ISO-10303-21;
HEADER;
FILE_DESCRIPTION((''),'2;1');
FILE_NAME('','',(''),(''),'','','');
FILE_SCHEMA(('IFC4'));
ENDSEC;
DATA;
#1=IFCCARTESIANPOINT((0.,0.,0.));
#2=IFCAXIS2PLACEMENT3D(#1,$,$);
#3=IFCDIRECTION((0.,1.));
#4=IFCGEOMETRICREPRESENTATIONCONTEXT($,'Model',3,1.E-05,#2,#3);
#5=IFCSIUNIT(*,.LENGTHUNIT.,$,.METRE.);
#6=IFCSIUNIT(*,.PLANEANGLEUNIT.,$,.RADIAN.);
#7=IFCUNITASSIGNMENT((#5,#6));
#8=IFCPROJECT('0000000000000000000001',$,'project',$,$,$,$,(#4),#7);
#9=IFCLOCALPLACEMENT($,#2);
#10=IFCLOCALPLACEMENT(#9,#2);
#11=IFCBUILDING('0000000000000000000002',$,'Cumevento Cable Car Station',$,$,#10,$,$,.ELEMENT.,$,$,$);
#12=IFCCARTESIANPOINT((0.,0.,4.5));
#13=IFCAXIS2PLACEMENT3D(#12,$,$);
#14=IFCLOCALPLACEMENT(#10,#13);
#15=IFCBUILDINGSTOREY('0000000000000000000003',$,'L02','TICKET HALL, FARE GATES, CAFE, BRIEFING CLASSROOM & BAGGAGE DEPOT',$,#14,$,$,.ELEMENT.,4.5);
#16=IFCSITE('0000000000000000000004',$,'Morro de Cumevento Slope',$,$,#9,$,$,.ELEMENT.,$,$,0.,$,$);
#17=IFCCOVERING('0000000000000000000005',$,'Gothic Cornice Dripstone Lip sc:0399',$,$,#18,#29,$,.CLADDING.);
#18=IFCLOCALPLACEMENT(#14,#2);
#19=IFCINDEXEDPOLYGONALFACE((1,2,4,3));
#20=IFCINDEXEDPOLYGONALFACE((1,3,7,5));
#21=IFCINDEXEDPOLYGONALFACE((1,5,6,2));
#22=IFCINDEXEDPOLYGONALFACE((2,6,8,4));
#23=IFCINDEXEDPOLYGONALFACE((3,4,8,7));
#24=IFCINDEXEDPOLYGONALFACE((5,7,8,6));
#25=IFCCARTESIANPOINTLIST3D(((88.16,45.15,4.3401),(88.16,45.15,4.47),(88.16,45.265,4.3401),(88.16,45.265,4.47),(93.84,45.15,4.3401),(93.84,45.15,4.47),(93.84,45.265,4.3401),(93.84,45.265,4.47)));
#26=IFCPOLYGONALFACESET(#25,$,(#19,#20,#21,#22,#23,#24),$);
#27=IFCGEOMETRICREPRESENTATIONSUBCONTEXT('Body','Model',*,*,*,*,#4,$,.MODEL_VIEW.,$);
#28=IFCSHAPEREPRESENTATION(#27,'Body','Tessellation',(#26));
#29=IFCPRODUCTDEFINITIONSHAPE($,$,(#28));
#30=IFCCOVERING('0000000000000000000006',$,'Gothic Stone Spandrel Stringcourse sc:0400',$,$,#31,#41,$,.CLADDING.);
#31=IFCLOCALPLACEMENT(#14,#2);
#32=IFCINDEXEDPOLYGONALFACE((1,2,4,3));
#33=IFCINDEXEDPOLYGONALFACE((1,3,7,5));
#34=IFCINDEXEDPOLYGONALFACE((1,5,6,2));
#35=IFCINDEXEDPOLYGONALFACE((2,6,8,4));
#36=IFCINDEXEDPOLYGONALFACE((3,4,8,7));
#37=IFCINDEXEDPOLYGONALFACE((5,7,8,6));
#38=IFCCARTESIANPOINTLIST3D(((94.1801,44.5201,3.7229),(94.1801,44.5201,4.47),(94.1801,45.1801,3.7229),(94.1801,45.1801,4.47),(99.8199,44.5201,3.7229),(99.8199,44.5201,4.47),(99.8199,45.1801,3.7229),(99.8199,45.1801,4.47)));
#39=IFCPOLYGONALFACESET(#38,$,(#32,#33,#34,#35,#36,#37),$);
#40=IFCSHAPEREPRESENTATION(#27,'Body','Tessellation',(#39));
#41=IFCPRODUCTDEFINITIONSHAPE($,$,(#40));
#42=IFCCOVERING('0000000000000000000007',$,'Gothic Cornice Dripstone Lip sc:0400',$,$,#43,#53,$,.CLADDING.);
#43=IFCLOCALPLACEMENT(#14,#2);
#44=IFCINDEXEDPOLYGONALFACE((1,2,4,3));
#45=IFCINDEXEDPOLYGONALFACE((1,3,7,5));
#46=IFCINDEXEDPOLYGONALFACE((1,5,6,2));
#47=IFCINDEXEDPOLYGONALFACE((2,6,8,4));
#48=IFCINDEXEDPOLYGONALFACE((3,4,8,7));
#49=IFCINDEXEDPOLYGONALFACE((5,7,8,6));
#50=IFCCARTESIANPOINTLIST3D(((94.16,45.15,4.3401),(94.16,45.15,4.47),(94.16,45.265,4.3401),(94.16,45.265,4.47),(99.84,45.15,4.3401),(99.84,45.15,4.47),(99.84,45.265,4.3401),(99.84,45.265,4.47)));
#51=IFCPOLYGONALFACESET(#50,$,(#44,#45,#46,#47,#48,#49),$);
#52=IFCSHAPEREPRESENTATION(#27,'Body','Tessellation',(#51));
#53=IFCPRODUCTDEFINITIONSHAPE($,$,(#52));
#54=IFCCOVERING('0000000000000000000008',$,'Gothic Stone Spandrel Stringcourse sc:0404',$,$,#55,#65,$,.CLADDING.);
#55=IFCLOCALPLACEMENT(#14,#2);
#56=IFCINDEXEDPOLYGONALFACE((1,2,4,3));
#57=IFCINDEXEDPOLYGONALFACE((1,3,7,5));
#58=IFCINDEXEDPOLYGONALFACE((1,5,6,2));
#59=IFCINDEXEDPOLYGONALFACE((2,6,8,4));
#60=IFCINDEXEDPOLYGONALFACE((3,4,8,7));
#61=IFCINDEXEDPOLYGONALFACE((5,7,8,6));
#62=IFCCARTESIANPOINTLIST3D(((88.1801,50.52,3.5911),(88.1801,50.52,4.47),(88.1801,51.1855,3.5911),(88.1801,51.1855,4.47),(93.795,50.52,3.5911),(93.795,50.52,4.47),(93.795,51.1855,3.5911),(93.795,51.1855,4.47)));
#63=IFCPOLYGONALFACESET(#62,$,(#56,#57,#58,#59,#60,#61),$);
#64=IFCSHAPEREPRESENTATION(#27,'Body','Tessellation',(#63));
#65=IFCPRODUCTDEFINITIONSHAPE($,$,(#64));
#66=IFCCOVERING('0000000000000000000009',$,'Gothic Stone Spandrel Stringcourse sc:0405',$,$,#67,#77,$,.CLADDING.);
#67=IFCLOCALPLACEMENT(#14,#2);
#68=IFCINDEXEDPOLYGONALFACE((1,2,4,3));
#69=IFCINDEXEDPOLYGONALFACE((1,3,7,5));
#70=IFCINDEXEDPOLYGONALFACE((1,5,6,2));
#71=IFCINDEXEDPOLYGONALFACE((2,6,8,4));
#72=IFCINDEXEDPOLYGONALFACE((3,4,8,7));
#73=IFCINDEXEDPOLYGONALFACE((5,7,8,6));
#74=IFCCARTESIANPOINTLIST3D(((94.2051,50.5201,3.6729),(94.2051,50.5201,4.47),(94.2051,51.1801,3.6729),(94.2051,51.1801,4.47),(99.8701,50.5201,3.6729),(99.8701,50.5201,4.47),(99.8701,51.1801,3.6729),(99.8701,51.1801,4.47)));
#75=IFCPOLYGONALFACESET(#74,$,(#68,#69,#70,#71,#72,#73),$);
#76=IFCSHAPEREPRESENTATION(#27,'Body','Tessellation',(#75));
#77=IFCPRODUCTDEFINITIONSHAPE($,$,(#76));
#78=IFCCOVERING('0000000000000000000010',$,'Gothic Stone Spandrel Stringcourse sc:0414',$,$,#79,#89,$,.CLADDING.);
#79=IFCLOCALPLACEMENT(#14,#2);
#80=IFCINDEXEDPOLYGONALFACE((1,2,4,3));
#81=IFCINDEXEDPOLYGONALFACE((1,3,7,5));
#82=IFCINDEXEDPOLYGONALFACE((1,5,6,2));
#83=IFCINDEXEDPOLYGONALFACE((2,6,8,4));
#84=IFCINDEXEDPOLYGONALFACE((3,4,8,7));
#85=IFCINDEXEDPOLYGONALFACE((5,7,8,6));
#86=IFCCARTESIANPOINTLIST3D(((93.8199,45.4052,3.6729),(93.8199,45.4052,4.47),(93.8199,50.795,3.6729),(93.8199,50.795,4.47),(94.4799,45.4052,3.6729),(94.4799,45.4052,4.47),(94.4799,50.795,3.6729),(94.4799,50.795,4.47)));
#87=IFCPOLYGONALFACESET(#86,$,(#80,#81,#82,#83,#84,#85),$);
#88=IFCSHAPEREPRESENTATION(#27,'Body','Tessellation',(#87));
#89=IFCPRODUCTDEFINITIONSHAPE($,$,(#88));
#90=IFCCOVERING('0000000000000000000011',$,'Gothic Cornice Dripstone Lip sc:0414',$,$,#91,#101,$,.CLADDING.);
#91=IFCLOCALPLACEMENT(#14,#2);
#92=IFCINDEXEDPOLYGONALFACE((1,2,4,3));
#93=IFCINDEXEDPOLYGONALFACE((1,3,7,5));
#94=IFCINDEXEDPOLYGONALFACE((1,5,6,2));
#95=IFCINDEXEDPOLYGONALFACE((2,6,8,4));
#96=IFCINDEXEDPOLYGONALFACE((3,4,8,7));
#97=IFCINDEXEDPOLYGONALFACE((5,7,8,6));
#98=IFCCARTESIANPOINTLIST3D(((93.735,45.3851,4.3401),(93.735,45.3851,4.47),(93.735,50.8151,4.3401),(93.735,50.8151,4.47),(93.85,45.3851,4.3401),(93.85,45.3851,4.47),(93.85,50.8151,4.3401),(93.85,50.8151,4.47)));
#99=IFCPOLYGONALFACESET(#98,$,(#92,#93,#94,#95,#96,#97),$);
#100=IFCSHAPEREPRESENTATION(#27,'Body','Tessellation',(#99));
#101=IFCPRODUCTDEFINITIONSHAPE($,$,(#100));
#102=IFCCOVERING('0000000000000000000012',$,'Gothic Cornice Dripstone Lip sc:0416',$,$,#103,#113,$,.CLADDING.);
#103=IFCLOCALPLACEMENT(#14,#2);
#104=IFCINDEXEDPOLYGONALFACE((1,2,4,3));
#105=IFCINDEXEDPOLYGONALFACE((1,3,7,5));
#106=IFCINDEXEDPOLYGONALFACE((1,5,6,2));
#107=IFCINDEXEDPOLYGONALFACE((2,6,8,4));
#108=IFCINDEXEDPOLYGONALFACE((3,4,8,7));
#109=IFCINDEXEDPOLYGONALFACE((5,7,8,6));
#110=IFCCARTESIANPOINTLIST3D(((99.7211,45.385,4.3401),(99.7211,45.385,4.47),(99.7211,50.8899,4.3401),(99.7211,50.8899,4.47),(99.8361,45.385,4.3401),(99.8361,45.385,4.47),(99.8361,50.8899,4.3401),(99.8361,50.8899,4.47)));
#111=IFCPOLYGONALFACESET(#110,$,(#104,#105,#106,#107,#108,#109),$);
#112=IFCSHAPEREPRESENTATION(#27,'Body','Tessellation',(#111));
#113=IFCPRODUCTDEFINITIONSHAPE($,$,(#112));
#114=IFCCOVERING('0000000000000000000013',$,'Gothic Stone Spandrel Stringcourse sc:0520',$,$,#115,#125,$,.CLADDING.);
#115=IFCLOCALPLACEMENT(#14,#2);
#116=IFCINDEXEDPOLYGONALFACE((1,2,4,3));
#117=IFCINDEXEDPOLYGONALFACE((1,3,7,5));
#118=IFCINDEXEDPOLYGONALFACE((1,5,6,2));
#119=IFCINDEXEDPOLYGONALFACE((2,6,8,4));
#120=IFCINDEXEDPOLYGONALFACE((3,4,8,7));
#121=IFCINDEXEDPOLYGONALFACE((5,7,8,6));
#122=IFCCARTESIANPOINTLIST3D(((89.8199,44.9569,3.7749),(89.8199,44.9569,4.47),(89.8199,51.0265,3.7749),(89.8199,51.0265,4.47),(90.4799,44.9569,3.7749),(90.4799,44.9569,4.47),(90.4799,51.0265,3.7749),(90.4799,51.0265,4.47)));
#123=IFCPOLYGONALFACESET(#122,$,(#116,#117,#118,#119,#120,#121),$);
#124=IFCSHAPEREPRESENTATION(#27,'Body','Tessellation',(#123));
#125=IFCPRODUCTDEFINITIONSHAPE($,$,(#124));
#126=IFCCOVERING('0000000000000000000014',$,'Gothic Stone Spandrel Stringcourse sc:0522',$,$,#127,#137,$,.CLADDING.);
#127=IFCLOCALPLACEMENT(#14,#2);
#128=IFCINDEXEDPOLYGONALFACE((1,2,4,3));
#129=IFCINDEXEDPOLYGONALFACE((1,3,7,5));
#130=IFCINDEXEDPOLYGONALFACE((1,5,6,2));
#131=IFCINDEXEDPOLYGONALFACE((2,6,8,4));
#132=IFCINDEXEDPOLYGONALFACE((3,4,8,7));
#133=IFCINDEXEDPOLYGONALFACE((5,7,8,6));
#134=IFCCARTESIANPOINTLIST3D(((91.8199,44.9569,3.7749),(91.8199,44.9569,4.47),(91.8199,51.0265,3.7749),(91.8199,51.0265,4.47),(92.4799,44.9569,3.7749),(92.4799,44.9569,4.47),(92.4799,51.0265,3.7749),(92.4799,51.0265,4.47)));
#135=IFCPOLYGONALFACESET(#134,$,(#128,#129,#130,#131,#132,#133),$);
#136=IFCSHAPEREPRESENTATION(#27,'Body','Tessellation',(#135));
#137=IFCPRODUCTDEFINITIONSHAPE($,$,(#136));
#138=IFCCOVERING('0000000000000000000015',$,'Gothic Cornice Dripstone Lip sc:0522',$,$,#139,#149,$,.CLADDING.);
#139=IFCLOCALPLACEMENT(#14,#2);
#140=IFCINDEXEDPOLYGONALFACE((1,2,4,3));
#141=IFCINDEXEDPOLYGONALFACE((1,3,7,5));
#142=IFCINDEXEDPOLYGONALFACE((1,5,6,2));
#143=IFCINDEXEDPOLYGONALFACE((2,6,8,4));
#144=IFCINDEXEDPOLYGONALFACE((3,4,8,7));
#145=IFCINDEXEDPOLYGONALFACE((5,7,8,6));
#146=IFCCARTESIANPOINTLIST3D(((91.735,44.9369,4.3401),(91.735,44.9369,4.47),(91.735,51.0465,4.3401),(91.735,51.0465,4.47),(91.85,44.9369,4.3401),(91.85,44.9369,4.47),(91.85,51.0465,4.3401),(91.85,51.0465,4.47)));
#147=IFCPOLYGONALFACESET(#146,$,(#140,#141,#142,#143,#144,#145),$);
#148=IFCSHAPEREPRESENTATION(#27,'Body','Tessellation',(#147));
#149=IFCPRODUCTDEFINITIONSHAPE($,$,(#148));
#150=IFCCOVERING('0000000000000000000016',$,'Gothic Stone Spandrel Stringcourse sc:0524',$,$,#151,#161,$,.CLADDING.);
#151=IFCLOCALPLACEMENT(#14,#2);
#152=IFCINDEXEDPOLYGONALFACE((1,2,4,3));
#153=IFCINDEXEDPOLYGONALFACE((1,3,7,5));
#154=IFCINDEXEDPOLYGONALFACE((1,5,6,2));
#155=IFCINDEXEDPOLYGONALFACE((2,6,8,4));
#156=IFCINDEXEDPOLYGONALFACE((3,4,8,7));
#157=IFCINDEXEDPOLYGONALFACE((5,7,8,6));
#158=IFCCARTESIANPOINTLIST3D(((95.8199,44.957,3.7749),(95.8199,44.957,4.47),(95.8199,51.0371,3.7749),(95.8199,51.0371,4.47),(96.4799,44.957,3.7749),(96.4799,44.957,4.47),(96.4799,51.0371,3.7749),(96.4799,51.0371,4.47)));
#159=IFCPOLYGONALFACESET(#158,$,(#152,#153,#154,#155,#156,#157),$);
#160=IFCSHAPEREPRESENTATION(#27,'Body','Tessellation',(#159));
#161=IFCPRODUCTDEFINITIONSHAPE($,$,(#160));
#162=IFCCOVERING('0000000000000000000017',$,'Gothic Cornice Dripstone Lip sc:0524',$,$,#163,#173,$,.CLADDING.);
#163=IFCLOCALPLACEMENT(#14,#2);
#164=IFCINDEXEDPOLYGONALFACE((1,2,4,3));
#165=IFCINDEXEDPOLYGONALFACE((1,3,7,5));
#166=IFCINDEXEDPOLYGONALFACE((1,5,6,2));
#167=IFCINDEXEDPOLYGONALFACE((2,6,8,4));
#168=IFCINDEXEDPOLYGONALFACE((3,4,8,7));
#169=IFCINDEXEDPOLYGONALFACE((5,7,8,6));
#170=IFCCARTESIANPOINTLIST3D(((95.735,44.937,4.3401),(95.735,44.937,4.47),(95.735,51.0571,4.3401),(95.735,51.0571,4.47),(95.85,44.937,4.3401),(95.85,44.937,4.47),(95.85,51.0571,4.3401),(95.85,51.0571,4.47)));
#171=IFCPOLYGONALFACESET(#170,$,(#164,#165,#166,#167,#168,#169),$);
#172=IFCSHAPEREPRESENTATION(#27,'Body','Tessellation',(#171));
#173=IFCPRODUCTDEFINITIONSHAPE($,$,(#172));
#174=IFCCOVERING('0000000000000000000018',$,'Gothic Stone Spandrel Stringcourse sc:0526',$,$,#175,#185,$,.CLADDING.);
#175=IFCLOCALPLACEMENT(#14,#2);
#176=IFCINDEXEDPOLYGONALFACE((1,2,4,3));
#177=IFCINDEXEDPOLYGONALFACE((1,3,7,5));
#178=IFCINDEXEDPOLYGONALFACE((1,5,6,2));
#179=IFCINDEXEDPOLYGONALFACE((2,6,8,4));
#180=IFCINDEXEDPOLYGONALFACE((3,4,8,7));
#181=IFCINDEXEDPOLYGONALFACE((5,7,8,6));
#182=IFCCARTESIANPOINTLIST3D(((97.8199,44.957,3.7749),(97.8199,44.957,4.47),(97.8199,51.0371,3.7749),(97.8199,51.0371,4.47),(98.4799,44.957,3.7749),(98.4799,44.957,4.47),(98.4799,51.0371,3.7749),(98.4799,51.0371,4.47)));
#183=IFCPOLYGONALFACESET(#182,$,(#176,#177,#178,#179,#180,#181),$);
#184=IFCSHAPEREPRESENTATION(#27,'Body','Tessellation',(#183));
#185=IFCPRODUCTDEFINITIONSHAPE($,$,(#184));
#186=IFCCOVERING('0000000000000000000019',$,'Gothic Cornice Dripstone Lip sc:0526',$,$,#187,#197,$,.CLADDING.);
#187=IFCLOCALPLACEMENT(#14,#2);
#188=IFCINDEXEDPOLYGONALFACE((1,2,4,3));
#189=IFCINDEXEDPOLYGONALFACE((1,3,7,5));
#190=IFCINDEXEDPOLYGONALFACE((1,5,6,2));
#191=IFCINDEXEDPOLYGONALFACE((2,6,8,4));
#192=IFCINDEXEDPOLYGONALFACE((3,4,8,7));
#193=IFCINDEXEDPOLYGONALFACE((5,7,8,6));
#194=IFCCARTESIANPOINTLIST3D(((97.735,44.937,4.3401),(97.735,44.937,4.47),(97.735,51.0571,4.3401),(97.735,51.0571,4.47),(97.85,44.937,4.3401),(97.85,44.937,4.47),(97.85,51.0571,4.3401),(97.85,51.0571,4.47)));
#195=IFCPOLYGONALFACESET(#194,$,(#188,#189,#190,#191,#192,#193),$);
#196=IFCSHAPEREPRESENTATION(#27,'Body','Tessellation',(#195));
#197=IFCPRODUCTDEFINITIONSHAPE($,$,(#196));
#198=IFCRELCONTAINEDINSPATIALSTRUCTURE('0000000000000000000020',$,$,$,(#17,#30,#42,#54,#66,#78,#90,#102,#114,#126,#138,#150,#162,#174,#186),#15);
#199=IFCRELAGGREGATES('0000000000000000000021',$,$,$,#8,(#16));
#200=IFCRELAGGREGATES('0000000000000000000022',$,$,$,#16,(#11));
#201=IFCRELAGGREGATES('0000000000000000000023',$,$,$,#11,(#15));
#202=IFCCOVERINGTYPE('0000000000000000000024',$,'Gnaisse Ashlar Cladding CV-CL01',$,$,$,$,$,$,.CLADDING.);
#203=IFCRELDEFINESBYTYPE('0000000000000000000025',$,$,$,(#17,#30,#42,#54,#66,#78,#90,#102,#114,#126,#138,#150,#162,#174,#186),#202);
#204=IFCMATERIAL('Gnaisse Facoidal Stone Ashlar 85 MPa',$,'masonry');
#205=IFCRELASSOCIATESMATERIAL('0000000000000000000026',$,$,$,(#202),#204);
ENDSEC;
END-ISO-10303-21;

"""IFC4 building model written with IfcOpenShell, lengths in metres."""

from ifc_helpers import new_model, si_unit, direction, frame, origin, origin_2d, place, context, subcontext, project, spatial, rectangle, extrude, material, type_object, element, save


model = new_model("IFC4")

# Units and contexts
model_context = context("Model", 3, precision=1e-05, world=origin(), true_north=direction((0.0, 1.0)))
body_context = subcontext(model_context, "Body", "Model", "MODEL_VIEW")
ifc_project = project(units=[si_unit("LENGTHUNIT", "METRE"), si_unit("PLANEANGLEUNIT", "RADIAN")], contexts=[model_context])

# Site, building, storey
site_placement = place(None, origin())
site = spatial("IfcSite", under=ifc_project, at=site_placement, Name="Morro de Cumevento Slope", CompositionType="ELEMENT", RefElevation=0.0)
building_placement = place(site_placement, origin())
building = spatial("IfcBuilding", under=site, at=building_placement, Name="Cumevento Cable Car Station", CompositionType="ELEMENT")
storey_placement = place(building_placement, frame((0.0, 0.0, 4.5)))
storey = spatial("IfcBuildingStorey", under=building, at=storey_placement, Name="L02", Description="TICKET HALL, FARE GATES, CAFE, BRIEFING CLASSROOM & BAGGAGE DEPOT", CompositionType="ELEMENT", Elevation=4.5)

# Coverings
ifc_material_1 = material(Name="Gnaisse Facoidal Stone Ashlar 85 MPa", Category="masonry")
covering_type = type_object("IfcCoveringType", Name="Gnaisse Ashlar Cladding CV-CL01", PredefinedType="CLADDING", material=ifc_material_1)
covering_1_placement = place(storey_placement, frame((91.0, 45.2075, 4.3401), z_axis=(0.0, 0.0, 1.0), x_axis=(1.0, 0.0, 0.0)))
element("IfcCovering", 1, at=covering_1_placement, inside=storey, type_object=covering_type, Name="Gothic Cornice Dripstone Lip sc:0399", PredefinedType="CLADDING", context=body_context, shape_type="SweptSolid", body=[
    extrude(rectangle(XDim=5.6799, YDim=0.115, at=origin_2d()), origin(), (0.0, 0.0, 1.0), 0.1299),
])
covering_2_placement = place(storey_placement, frame((97.0, 44.8501, 3.7229), z_axis=(0.0, 0.0, 1.0), x_axis=(1.0, 0.0, 0.0)))
element("IfcCovering", 2, at=covering_2_placement, inside=storey, type_object=covering_type, Name="Gothic Stone Spandrel Stringcourse sc:0400", PredefinedType="CLADDING", context=body_context, shape_type="SweptSolid", body=[
    extrude(rectangle(XDim=5.6399, YDim=0.6599, at=origin_2d()), origin(), (0.0, 0.0, 1.0), 0.7471),
])
covering_3_placement = place(storey_placement, frame((97.0, 45.2075, 4.3401), z_axis=(0.0, 0.0, 1.0), x_axis=(1.0, 0.0, 0.0)))
element("IfcCovering", 3, at=covering_3_placement, inside=storey, type_object=covering_type, Name="Gothic Cornice Dripstone Lip sc:0400", PredefinedType="CLADDING", context=body_context, shape_type="SweptSolid", body=[
    extrude(rectangle(XDim=5.6799, YDim=0.115, at=origin_2d()), origin(), (0.0, 0.0, 1.0), 0.1299),
])
covering_4_placement = place(storey_placement, frame((90.9875, 50.8528, 3.5911), z_axis=(0.0, 0.0, 1.0), x_axis=(1.0, 0.0, 0.0)))
element("IfcCovering", 4, at=covering_4_placement, inside=storey, type_object=covering_type, Name="Gothic Stone Spandrel Stringcourse sc:0404", PredefinedType="CLADDING", context=body_context, shape_type="SweptSolid", body=[
    extrude(rectangle(XDim=5.615, YDim=0.6655, at=origin_2d()), origin(), (0.0, 0.0, 1.0), 0.8789),
])
covering_5_placement = place(storey_placement, frame((97.0376, 50.8501, 3.6729), z_axis=(0.0, 0.0, 1.0), x_axis=(1.0, 0.0, 0.0)))
element("IfcCovering", 5, at=covering_5_placement, inside=storey, type_object=covering_type, Name="Gothic Stone Spandrel Stringcourse sc:0405", PredefinedType="CLADDING", context=body_context, shape_type="SweptSolid", body=[
    extrude(rectangle(XDim=5.665, YDim=0.6599, at=origin_2d()), origin(), (0.0, 0.0, 1.0), 0.7971),
])
covering_6_placement = place(storey_placement, frame((94.1499, 48.1001, 3.6729), z_axis=(0.0, 0.0, 1.0), x_axis=(0.0, 1.0, 0.0)))
element("IfcCovering", 6, at=covering_6_placement, inside=storey, type_object=covering_type, Name="Gothic Stone Spandrel Stringcourse sc:0414", PredefinedType="CLADDING", context=body_context, shape_type="SweptSolid", body=[
    extrude(rectangle(XDim=5.3899, YDim=0.6599, at=origin_2d()), origin(), (0.0, 0.0, 1.0), 0.7971),
])
covering_7_placement = place(storey_placement, frame((93.7925, 48.1001, 4.3401), z_axis=(0.0, 0.0, 1.0), x_axis=(0.0, 1.0, 0.0)))
element("IfcCovering", 7, at=covering_7_placement, inside=storey, type_object=covering_type, Name="Gothic Cornice Dripstone Lip sc:0414", PredefinedType="CLADDING", context=body_context, shape_type="SweptSolid", body=[
    extrude(rectangle(XDim=5.4299, YDim=0.115, at=origin_2d()), origin(), (0.0, 0.0, 1.0), 0.1299),
])
covering_8_placement = place(storey_placement, frame((99.7786, 48.1375, 4.3401), z_axis=(0.0, 0.0, 1.0), x_axis=(0.0, 1.0, 0.0)))
element("IfcCovering", 8, at=covering_8_placement, inside=storey, type_object=covering_type, Name="Gothic Cornice Dripstone Lip sc:0416", PredefinedType="CLADDING", context=body_context, shape_type="SweptSolid", body=[
    extrude(rectangle(XDim=5.5049, YDim=0.115, at=origin_2d()), origin(), (0.0, 0.0, 1.0), 0.1299),
])
for number, where, z_axis, x_axis, name in (
    (9, (90.1499, 47.9917, 3.7749), (0.0, 0.0, 1.0), (0.0, 1.0, 0.0), "Gothic Stone Spandrel Stringcourse sc:0520"),
    (10, (92.1499, 47.9917, 3.7749), (0.0, 0.0, 1.0), (0.0, 1.0, 0.0), "Gothic Stone Spandrel Stringcourse sc:0522"),
):
    element("IfcCovering", number, at=place(storey_placement, frame(where, z_axis=z_axis, x_axis=x_axis)), inside=storey, type_object=covering_type, Name=name, PredefinedType="CLADDING", context=body_context, shape_type="SweptSolid", body=[
        extrude(rectangle(XDim=6.0696, YDim=0.6599, at=origin_2d()), origin(), (0.0, 0.0, 1.0), 0.6951),
    ])
covering_9_placement = place(storey_placement, frame((91.7925, 47.9917, 4.3401), z_axis=(0.0, 0.0, 1.0), x_axis=(0.0, 1.0, 0.0)))
element("IfcCovering", 11, at=covering_9_placement, inside=storey, type_object=covering_type, Name="Gothic Cornice Dripstone Lip sc:0522", PredefinedType="CLADDING", context=body_context, shape_type="SweptSolid", body=[
    extrude(rectangle(XDim=6.1096, YDim=0.115, at=origin_2d()), origin(), (0.0, 0.0, 1.0), 0.1299),
])
covering_10_placement = place(storey_placement, frame((96.1499, 47.9971, 3.7749), z_axis=(0.0, 0.0, 1.0), x_axis=(0.0, 1.0, 0.0)))
element("IfcCovering", 12, at=covering_10_placement, inside=storey, type_object=covering_type, Name="Gothic Stone Spandrel Stringcourse sc:0524", PredefinedType="CLADDING", context=body_context, shape_type="SweptSolid", body=[
    extrude(rectangle(XDim=6.0801, YDim=0.6599, at=origin_2d()), origin(), (0.0, 0.0, 1.0), 0.6951),
])
covering_11_placement = place(storey_placement, frame((95.7925, 47.9971, 4.3401), z_axis=(0.0, 0.0, 1.0), x_axis=(0.0, 1.0, 0.0)))
element("IfcCovering", 13, at=covering_11_placement, inside=storey, type_object=covering_type, Name="Gothic Cornice Dripstone Lip sc:0524", PredefinedType="CLADDING", context=body_context, shape_type="SweptSolid", body=[
    extrude(rectangle(XDim=6.1201, YDim=0.115, at=origin_2d()), origin(), (0.0, 0.0, 1.0), 0.1299),
])
covering_12_placement = place(storey_placement, frame((98.1499, 47.9971, 3.7749), z_axis=(0.0, 0.0, 1.0), x_axis=(0.0, 1.0, 0.0)))
element("IfcCovering", 14, at=covering_12_placement, inside=storey, type_object=covering_type, Name="Gothic Stone Spandrel Stringcourse sc:0526", PredefinedType="CLADDING", context=body_context, shape_type="SweptSolid", body=[
    extrude(rectangle(XDim=6.0801, YDim=0.6599, at=origin_2d()), origin(), (0.0, 0.0, 1.0), 0.6951),
])
covering_13_placement = place(storey_placement, frame((97.7925, 47.9971, 4.3401), z_axis=(0.0, 0.0, 1.0), x_axis=(0.0, 1.0, 0.0)))
element("IfcCovering", 15, at=covering_13_placement, inside=storey, type_object=covering_type, Name="Gothic Cornice Dripstone Lip sc:0526", PredefinedType="CLADDING", context=body_context, shape_type="SweptSolid", body=[
    extrude(rectangle(XDim=6.1201, YDim=0.115, at=origin_2d()), origin(), (0.0, 0.0, 1.0), 0.1299),
])

save(model, "model.ifc")
